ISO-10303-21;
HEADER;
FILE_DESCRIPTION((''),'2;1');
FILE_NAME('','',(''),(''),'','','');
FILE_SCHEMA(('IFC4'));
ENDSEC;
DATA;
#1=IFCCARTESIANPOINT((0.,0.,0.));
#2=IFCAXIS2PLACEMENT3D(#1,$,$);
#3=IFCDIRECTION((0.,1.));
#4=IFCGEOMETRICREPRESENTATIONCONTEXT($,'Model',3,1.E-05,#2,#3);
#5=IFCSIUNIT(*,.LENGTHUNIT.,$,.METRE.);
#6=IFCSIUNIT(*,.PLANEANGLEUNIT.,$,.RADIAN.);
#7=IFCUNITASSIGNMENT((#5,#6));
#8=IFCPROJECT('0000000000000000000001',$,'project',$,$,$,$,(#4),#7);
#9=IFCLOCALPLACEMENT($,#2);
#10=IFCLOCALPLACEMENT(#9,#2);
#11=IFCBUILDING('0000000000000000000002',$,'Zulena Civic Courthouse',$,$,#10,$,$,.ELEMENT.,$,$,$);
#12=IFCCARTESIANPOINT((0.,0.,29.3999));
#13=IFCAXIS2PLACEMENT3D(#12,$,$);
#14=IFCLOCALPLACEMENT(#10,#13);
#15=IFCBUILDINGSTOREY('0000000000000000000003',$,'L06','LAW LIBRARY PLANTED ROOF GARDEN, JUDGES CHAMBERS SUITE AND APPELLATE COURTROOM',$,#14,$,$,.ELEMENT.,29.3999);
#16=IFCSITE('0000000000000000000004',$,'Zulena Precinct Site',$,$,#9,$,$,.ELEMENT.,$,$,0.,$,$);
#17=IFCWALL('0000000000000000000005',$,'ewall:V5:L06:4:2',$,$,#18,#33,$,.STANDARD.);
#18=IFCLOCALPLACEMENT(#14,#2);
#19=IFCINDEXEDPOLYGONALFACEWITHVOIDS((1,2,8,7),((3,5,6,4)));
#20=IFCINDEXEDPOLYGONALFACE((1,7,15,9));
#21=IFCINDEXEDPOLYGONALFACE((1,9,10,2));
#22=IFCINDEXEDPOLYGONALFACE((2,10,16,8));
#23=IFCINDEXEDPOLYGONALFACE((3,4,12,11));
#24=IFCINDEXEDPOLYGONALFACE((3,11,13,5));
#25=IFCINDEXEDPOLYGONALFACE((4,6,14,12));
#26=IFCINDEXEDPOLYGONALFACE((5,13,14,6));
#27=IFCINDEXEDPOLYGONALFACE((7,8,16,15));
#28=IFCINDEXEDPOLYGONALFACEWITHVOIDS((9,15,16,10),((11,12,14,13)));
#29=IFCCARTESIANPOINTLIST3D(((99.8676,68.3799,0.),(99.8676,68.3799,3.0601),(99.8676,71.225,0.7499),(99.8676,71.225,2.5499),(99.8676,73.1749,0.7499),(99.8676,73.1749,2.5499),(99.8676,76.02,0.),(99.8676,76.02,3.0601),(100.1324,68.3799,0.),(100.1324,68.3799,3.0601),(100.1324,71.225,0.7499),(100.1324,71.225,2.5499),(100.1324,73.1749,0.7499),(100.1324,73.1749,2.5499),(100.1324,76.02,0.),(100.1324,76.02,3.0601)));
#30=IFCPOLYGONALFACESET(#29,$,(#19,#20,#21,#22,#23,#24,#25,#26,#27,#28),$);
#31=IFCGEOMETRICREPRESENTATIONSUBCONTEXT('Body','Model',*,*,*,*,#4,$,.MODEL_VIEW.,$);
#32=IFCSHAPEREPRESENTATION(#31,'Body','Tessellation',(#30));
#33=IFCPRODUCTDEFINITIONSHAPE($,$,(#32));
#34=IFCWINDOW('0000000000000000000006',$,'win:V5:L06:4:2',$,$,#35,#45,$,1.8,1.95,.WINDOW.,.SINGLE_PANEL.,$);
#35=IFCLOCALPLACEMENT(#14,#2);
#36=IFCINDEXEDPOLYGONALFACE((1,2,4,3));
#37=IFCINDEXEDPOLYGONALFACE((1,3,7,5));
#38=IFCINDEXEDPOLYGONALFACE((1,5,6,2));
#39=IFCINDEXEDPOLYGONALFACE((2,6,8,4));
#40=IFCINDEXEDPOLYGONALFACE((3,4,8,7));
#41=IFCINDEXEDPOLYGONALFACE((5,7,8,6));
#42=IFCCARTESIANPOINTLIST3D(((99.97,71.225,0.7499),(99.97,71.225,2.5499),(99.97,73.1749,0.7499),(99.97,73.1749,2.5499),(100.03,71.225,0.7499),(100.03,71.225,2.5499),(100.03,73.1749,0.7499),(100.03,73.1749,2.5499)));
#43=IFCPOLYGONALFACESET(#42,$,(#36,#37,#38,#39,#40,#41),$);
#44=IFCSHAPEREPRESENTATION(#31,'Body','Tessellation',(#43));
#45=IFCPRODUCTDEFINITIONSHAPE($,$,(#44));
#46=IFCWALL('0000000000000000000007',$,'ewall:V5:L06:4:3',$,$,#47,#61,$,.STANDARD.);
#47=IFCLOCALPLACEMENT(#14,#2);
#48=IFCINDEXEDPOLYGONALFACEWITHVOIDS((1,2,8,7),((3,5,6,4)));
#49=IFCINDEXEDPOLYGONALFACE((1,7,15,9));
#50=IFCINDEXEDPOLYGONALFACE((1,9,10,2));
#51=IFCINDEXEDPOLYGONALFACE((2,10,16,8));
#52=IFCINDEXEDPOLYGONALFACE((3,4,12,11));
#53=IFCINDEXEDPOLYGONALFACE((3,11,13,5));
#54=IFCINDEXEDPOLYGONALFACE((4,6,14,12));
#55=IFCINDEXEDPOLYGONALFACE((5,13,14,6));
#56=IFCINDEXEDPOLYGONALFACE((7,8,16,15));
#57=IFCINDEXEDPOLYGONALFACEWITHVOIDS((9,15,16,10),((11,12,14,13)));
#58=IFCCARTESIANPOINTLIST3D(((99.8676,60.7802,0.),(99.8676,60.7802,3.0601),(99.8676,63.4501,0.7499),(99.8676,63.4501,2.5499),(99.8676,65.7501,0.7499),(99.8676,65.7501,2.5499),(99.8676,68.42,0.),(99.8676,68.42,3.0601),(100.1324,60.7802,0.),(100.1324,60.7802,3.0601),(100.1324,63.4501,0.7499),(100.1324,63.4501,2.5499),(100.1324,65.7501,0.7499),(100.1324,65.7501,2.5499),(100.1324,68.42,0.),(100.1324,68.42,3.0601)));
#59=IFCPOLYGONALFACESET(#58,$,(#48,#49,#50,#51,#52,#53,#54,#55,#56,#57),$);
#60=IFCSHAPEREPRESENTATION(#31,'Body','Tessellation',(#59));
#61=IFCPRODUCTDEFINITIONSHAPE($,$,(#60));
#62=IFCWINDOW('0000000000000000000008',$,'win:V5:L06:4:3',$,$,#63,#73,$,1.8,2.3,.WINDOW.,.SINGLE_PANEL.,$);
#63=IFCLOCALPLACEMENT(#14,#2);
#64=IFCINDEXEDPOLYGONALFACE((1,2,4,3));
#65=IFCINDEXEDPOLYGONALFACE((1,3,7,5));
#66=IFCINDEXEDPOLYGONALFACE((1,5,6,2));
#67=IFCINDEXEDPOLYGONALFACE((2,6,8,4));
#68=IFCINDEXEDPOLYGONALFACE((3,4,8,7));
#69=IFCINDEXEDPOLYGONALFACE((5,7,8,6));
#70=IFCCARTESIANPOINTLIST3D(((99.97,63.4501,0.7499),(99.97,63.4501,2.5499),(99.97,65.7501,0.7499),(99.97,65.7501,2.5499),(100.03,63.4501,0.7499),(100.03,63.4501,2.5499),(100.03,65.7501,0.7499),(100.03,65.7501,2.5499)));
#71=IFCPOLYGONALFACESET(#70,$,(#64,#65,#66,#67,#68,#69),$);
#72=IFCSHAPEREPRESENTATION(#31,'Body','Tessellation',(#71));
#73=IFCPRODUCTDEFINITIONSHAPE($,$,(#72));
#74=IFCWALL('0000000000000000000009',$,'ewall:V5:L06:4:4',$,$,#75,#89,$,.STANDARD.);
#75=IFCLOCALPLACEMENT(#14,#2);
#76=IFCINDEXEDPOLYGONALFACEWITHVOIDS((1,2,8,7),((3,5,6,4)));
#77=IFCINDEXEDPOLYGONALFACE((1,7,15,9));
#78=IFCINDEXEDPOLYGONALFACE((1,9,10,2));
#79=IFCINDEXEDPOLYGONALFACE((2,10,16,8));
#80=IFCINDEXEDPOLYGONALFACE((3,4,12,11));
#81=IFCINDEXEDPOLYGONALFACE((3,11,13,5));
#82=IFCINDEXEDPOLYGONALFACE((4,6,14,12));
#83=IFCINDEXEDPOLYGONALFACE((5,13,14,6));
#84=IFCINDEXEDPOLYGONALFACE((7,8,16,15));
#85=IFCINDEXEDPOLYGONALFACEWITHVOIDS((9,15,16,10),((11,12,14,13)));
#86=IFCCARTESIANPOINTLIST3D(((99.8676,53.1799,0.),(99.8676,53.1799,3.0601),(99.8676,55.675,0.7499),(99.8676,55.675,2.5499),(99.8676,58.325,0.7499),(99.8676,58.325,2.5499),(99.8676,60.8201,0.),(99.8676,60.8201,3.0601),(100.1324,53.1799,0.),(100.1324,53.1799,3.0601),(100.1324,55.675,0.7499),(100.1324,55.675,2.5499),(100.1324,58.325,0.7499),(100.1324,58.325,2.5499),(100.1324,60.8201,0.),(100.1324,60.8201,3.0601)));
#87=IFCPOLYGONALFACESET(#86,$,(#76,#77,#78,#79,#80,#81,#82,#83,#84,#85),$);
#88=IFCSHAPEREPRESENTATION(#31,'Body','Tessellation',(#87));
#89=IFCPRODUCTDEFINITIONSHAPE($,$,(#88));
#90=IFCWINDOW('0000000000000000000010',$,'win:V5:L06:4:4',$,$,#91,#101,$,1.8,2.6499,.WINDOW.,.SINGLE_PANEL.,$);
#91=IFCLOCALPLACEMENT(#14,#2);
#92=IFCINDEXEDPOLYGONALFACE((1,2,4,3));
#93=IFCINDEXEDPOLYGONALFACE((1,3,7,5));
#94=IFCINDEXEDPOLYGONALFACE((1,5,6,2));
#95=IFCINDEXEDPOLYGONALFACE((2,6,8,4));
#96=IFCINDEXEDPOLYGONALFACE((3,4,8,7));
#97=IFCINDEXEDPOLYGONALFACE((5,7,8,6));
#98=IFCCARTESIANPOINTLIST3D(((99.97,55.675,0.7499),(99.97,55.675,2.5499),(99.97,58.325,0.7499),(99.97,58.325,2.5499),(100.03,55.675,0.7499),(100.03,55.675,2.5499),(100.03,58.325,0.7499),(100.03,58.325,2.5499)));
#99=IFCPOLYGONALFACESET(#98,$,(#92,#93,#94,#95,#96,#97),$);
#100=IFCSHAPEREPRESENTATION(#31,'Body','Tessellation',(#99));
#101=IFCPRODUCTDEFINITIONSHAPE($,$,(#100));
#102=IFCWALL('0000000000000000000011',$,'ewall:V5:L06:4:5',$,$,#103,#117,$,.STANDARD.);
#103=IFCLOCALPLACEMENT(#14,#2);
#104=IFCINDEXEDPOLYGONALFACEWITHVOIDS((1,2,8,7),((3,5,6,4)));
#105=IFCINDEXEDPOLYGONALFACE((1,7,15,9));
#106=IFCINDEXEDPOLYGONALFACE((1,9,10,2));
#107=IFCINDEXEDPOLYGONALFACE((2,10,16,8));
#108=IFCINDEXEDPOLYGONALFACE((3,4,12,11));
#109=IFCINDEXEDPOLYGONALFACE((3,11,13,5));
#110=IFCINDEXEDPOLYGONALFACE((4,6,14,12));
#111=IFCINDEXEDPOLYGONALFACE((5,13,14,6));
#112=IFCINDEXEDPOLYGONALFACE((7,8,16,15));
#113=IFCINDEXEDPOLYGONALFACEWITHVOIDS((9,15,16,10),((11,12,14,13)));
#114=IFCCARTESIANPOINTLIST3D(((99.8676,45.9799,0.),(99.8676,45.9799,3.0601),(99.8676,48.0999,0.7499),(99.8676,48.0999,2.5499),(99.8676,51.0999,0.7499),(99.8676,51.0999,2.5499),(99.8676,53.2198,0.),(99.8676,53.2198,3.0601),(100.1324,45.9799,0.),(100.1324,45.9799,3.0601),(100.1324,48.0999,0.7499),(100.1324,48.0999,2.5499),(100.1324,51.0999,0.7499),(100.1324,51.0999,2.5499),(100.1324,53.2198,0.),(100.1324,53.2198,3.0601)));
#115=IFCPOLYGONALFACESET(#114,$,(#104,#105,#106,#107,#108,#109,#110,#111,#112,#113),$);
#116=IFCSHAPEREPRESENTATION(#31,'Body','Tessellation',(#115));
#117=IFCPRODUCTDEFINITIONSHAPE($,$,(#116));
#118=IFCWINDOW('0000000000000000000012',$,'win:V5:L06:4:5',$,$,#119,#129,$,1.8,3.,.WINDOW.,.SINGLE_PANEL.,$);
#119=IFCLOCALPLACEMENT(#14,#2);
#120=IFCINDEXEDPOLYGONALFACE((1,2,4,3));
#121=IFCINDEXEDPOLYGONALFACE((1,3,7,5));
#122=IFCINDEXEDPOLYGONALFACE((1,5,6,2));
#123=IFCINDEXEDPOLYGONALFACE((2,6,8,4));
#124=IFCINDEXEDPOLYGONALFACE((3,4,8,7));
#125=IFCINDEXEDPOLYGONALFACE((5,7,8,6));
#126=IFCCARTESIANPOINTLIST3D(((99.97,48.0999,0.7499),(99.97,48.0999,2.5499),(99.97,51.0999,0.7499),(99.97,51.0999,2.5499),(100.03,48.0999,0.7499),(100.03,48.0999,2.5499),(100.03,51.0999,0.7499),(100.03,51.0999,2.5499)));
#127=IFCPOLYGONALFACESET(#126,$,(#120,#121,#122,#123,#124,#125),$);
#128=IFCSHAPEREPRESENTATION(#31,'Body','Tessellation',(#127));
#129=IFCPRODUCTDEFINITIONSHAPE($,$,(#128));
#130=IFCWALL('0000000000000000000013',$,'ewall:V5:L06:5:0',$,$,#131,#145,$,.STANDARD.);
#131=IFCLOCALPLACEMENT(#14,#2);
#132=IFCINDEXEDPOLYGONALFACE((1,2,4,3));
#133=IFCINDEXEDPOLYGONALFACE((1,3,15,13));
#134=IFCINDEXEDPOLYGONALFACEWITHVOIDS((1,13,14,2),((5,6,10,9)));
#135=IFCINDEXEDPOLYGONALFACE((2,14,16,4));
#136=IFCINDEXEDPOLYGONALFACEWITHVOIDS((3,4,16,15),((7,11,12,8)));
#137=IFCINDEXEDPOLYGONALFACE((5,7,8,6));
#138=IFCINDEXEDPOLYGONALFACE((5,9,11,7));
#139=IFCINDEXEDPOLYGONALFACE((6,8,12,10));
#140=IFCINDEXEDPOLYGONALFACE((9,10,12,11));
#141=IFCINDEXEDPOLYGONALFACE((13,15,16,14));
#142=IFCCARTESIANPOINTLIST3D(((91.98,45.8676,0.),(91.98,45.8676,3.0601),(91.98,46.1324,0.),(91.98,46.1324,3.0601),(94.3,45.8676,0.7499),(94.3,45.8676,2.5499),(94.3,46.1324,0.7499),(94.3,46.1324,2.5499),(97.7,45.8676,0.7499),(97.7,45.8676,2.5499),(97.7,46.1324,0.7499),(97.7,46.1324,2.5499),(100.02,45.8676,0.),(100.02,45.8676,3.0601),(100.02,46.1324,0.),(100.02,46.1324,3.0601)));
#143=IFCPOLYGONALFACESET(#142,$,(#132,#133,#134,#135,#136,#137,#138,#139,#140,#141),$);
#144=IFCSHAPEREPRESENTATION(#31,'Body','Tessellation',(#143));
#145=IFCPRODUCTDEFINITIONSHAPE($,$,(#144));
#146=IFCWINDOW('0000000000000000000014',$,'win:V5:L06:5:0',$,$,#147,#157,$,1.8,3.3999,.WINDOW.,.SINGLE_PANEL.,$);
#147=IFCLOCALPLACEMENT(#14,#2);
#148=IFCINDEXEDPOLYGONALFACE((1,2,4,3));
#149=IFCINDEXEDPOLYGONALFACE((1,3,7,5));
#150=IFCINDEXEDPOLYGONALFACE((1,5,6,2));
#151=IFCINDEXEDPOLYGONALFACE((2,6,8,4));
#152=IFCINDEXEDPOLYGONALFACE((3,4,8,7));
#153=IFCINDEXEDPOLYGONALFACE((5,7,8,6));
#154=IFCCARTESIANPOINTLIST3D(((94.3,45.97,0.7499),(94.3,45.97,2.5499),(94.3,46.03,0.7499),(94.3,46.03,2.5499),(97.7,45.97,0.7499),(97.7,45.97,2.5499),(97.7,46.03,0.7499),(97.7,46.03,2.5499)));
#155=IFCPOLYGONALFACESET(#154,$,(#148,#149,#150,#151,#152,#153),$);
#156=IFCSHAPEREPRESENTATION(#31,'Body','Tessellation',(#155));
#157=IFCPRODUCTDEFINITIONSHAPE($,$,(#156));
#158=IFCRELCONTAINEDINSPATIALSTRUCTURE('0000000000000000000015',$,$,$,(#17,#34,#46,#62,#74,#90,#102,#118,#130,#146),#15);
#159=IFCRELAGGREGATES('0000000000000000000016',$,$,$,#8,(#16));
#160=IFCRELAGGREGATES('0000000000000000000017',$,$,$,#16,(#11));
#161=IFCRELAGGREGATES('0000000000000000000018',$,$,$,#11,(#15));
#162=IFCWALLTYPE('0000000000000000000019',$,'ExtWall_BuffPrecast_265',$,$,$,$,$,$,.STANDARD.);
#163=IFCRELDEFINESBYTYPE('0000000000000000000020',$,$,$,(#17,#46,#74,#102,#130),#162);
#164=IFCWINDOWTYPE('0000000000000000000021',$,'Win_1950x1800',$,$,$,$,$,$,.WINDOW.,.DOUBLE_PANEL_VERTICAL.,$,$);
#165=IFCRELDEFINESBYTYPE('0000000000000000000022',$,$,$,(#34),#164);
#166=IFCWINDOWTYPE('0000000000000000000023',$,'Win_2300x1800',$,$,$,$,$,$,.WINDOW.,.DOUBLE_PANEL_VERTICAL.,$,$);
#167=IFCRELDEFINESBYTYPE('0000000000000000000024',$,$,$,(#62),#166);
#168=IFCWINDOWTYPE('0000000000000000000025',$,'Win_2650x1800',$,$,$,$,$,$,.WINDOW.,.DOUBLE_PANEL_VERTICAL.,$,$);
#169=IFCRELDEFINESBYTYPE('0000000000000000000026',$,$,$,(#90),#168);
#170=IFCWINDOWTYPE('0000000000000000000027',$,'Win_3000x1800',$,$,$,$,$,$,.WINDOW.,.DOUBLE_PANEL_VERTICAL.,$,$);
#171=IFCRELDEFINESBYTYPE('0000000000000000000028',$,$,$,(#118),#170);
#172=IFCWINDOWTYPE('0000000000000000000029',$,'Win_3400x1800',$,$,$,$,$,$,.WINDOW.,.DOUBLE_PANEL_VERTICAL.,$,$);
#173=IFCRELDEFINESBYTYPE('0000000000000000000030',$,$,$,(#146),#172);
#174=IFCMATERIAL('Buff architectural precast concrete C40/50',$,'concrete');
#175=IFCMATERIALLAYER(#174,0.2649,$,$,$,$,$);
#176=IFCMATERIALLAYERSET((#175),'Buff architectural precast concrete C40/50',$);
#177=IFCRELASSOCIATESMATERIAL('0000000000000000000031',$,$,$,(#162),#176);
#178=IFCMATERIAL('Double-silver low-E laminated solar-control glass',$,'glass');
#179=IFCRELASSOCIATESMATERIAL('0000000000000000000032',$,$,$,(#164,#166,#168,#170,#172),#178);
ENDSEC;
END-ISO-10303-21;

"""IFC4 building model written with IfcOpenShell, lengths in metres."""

from ifc_helpers import new_model, si_unit, direction, frame, frame_2d, origin, place, context, subcontext, project, spatial, rectangle, extrude, material, layer, layer_set, type_object, element, fill, save


model = new_model("IFC4")

# Units and contexts
model_context = context("Model", 3, precision=1e-05, world=origin(), true_north=direction((0.0, 1.0)))
body_context = subcontext(model_context, "Body", "Model", "MODEL_VIEW")
ifc_project = project(units=[si_unit("LENGTHUNIT", "METRE"), si_unit("PLANEANGLEUNIT", "RADIAN")], contexts=[model_context])

# Site, building, storey
site_placement = place(None, origin())
site = spatial("IfcSite", under=ifc_project, at=site_placement, Name="Zulena Precinct Site", CompositionType="ELEMENT", RefElevation=0.0)
building_placement = place(site_placement, origin())
building = spatial("IfcBuilding", under=site, at=building_placement, Name="Zulena Civic Courthouse", CompositionType="ELEMENT")
storey_placement = place(building_placement, frame((0.0, 0.0, 29.3999)))
storey = spatial("IfcBuildingStorey", under=building, at=storey_placement, Name="L06", Description="LAW LIBRARY PLANTED ROOF GARDEN, JUDGES CHAMBERS SUITE AND APPELLATE COURTROOM", CompositionType="ELEMENT", Elevation=29.3999)

# Walls, openings, windows
ifc_material_1 = material(Name="Buff architectural precast concrete C40/50", Category="concrete")
ifc_layer_1 = layer(ifc_material_1, 0.2649)
ifc_layer_set_1 = layer_set([ifc_layer_1], Name="Buff architectural precast concrete C40/50")
wall_type = type_object("IfcWallType", Name="ExtWall_BuffPrecast_265", PredefinedType="STANDARD", material=ifc_layer_set_1)
ifc_material_2 = material(Name="Double-silver low-E laminated solar-control glass", Category="glass")
wall_1_placement = place(storey_placement, frame((100.0, 76.02, 0.0), z_axis=(0.0, 0.0, 1.0), x_axis=(0.0, -1.0, 0.0)))
wall_1 = element("IfcWall", 1, at=wall_1_placement, inside=storey, type_object=wall_type, Name="ewall:V5:L06:4:2", PredefinedType="STANDARD", context=body_context, shape_type="SweptSolid", body=[
    extrude(rectangle(XDim=7.6401, YDim=0.2649, at=frame_2d((3.8201, 0.0))), origin(), (0.0, 0.0, 1.0), 3.0601),
])
opening_1_placement = place(wall_1_placement, frame((2.845, 0.0, 0.75)))
opening_1 = element("IfcOpeningElement", 2, at=opening_1_placement, cuts=wall_1, PredefinedType="OPENING", context=body_context, shape_type="SweptSolid", body=[
    extrude(rectangle(XDim=1.95, YDim=1.8, at=frame_2d((0.9751, 0.8999))), frame((0.0, 0.1423, 0.0), z_axis=(0.0, -1.0, 0.0), x_axis=(1.0, 0.0, 0.0)), (0.0, 0.0, 1.0), 0.2849),
])
window_type_1 = type_object("IfcWindowType", Name="Win_1950x1800", PartitioningType="DOUBLE_PANEL_VERTICAL", PredefinedType="WINDOW", material=ifc_material_2)
window_1_placement = place(opening_1_placement, origin())
window_1 = element("IfcWindow", 3, at=window_1_placement, inside=storey, type_object=window_type_1, Name="win:V5:L06:4:2", OverallHeight=1.8, OverallWidth=1.95, PartitioningType="SINGLE_PANEL", PredefinedType="WINDOW", context=body_context, shape_type="SweptSolid", body=[
    extrude(rectangle(XDim=1.95, YDim=1.8, at=frame_2d((0.9751, 0.8999))), frame((0.0, 0.03, 0.0), z_axis=(0.0, -1.0, 0.0), x_axis=(1.0, 0.0, 0.0)), (0.0, 0.0, 1.0), 0.0601),
])
fill(opening_1, window_1)
wall_2_placement = place(storey_placement, frame((100.0, 68.4199, 0.0), z_axis=(0.0, 0.0, 1.0), x_axis=(0.0, -1.0, 0.0)))
wall_2 = element("IfcWall", 4, at=wall_2_placement, inside=storey, type_object=wall_type, Name="ewall:V5:L06:4:3", PredefinedType="STANDARD", context=body_context, shape_type="SweptSolid", body=[
    extrude(rectangle(XDim=7.6399, YDim=0.2649, at=frame_2d((3.8198, 0.0))), origin(), (0.0, 0.0, 1.0), 3.0601),
])
opening_2_placement = place(wall_2_placement, frame((2.6699, 0.0, 0.75)))
opening_2 = element("IfcOpeningElement", 5, at=opening_2_placement, cuts=wall_2, PredefinedType="OPENING", context=body_context, shape_type="SweptSolid", body=[
    extrude(rectangle(XDim=2.3, YDim=1.8, at=frame_2d((1.1499, 0.8999))), frame((0.0, 0.1423, 0.0), z_axis=(0.0, -1.0, 0.0), x_axis=(1.0, 0.0, 0.0)), (0.0, 0.0, 1.0), 0.2849),
])
window_type_2 = type_object("IfcWindowType", Name="Win_2300x1800", PartitioningType="DOUBLE_PANEL_VERTICAL", PredefinedType="WINDOW", material=ifc_material_2)
window_2_placement = place(opening_2_placement, origin())
window_2 = element("IfcWindow", 6, at=window_2_placement, inside=storey, type_object=window_type_2, Name="win:V5:L06:4:3", OverallHeight=1.8, OverallWidth=2.3, PartitioningType="SINGLE_PANEL", PredefinedType="WINDOW", context=body_context, shape_type="SweptSolid", body=[
    extrude(rectangle(XDim=2.3, YDim=1.8, at=frame_2d((1.1499, 0.8999))), frame((0.0, 0.03, 0.0), z_axis=(0.0, -1.0, 0.0), x_axis=(1.0, 0.0, 0.0)), (0.0, 0.0, 1.0), 0.0601),
])
fill(opening_2, window_2)
wall_3_placement = place(storey_placement, frame((100.0, 60.8201, 0.0), z_axis=(0.0, 0.0, 1.0), x_axis=(0.0, -1.0, 0.0)))
wall_3 = element("IfcWall", 7, at=wall_3_placement, inside=storey, type_object=wall_type, Name="ewall:V5:L06:4:4", PredefinedType="STANDARD", context=body_context, shape_type="SweptSolid", body=[
    extrude(rectangle(XDim=7.6401, YDim=0.2649, at=frame_2d((3.8201, 0.0))), origin(), (0.0, 0.0, 1.0), 3.0601),
])
opening_3_placement = place(wall_3_placement, frame((2.4951, 0.0, 0.75)))
opening_3 = element("IfcOpeningElement", 8, at=opening_3_placement, cuts=wall_3, PredefinedType="OPENING", context=body_context, shape_type="SweptSolid", body=[
    extrude(rectangle(XDim=2.6499, YDim=1.8, at=frame_2d((1.325, 0.8999))), frame((0.0, 0.1423, 0.0), z_axis=(0.0, -1.0, 0.0), x_axis=(1.0, 0.0, 0.0)), (0.0, 0.0, 1.0), 0.2849),
])
window_type_3 = type_object("IfcWindowType", Name="Win_2650x1800", PartitioningType="DOUBLE_PANEL_VERTICAL", PredefinedType="WINDOW", material=ifc_material_2)
window_3_placement = place(opening_3_placement, origin())
window_3 = element("IfcWindow", 9, at=window_3_placement, inside=storey, type_object=window_type_3, Name="win:V5:L06:4:4", OverallHeight=1.8, OverallWidth=2.6499, PartitioningType="SINGLE_PANEL", PredefinedType="WINDOW", context=body_context, shape_type="SweptSolid", body=[
    extrude(rectangle(XDim=2.6499, YDim=1.8, at=frame_2d((1.325, 0.8999))), frame((0.0, 0.03, 0.0), z_axis=(0.0, -1.0, 0.0), x_axis=(1.0, 0.0, 0.0)), (0.0, 0.0, 1.0), 0.0601),
])
fill(opening_3, window_3)
wall_4_placement = place(storey_placement, frame((100.0, 53.22, 0.0), z_axis=(0.0, 0.0, 1.0), x_axis=(0.0, -1.0, 0.0)))
wall_4 = element("IfcWall", 10, at=wall_4_placement, inside=storey, type_object=wall_type, Name="ewall:V5:L06:4:5", PredefinedType="STANDARD", context=body_context, shape_type="SweptSolid", body=[
    extrude(rectangle(XDim=7.24, YDim=0.2649, at=frame_2d((3.6201, 0.0))), origin(), (0.0, 0.0, 1.0), 3.0601),
])
opening_4_placement = place(wall_4_placement, frame((2.1201, 0.0, 0.75)))
opening_4 = element("IfcOpeningElement", 11, at=opening_4_placement, cuts=wall_4, PredefinedType="OPENING", context=body_context, shape_type="SweptSolid", body=[
    extrude(rectangle(XDim=3.0, YDim=1.8, at=frame_2d((1.5, 0.8999))), frame((0.0, 0.1423, 0.0), z_axis=(0.0, -1.0, 0.0), x_axis=(1.0, 0.0, 0.0)), (0.0, 0.0, 1.0), 0.2849),
])
window_type_4 = type_object("IfcWindowType", Name="Win_3000x1800", PartitioningType="DOUBLE_PANEL_VERTICAL", PredefinedType="WINDOW", material=ifc_material_2)
window_4_placement = place(opening_4_placement, origin())
window_4 = element("IfcWindow", 12, at=window_4_placement, inside=storey, type_object=window_type_4, Name="win:V5:L06:4:5", OverallHeight=1.8, OverallWidth=3.0, PartitioningType="SINGLE_PANEL", PredefinedType="WINDOW", context=body_context, shape_type="SweptSolid", body=[
    extrude(rectangle(XDim=3.0, YDim=1.8, at=frame_2d((1.5, 0.8999))), frame((0.0, 0.03, 0.0), z_axis=(0.0, -1.0, 0.0), x_axis=(1.0, 0.0, 0.0)), (0.0, 0.0, 1.0), 0.0601),
])
fill(opening_4, window_4)
wall_5_placement = place(storey_placement, frame((100.02, 46.0, 0.0), z_axis=(0.0, 0.0, 1.0), x_axis=(-1.0, 0.0, 0.0)))
wall_5 = element("IfcWall", 13, at=wall_5_placement, inside=storey, type_object=wall_type, Name="ewall:V5:L06:5:0", PredefinedType="STANDARD", context=body_context, shape_type="SweptSolid", body=[
    extrude(rectangle(XDim=8.04, YDim=0.2649, at=frame_2d((4.02, 0.0))), origin(), (0.0, 0.0, 1.0), 3.0601),
])
opening_5_placement = place(wall_5_placement, frame((2.3201, 0.0, 0.75)))
opening_5 = element("IfcOpeningElement", 14, at=opening_5_placement, cuts=wall_5, PredefinedType="OPENING", context=body_context, shape_type="SweptSolid", body=[
    extrude(rectangle(XDim=3.3999, YDim=1.8, at=frame_2d((1.7, 0.8999))), frame((0.0, 0.1423, 0.0), z_axis=(0.0, -1.0, 0.0), x_axis=(1.0, 0.0, 0.0)), (0.0, 0.0, 1.0), 0.2849),
])
window_type_5 = type_object("IfcWindowType", Name="Win_3400x1800", PartitioningType="DOUBLE_PANEL_VERTICAL", PredefinedType="WINDOW", material=ifc_material_2)
window_5_placement = place(opening_5_placement, origin())
window_5 = element("IfcWindow", 15, at=window_5_placement, inside=storey, type_object=window_type_5, Name="win:V5:L06:5:0", OverallHeight=1.8, OverallWidth=3.3999, PartitioningType="SINGLE_PANEL", PredefinedType="WINDOW", context=body_context, shape_type="SweptSolid", body=[
    extrude(rectangle(XDim=3.3999, YDim=1.8, at=frame_2d((1.7, 0.8999))), frame((0.0, 0.03, 0.0), z_axis=(0.0, -1.0, 0.0), x_axis=(1.0, 0.0, 0.0)), (0.0, 0.0, 1.0), 0.0601),
])
fill(opening_5, window_5)

save(model, "model.ifc")
